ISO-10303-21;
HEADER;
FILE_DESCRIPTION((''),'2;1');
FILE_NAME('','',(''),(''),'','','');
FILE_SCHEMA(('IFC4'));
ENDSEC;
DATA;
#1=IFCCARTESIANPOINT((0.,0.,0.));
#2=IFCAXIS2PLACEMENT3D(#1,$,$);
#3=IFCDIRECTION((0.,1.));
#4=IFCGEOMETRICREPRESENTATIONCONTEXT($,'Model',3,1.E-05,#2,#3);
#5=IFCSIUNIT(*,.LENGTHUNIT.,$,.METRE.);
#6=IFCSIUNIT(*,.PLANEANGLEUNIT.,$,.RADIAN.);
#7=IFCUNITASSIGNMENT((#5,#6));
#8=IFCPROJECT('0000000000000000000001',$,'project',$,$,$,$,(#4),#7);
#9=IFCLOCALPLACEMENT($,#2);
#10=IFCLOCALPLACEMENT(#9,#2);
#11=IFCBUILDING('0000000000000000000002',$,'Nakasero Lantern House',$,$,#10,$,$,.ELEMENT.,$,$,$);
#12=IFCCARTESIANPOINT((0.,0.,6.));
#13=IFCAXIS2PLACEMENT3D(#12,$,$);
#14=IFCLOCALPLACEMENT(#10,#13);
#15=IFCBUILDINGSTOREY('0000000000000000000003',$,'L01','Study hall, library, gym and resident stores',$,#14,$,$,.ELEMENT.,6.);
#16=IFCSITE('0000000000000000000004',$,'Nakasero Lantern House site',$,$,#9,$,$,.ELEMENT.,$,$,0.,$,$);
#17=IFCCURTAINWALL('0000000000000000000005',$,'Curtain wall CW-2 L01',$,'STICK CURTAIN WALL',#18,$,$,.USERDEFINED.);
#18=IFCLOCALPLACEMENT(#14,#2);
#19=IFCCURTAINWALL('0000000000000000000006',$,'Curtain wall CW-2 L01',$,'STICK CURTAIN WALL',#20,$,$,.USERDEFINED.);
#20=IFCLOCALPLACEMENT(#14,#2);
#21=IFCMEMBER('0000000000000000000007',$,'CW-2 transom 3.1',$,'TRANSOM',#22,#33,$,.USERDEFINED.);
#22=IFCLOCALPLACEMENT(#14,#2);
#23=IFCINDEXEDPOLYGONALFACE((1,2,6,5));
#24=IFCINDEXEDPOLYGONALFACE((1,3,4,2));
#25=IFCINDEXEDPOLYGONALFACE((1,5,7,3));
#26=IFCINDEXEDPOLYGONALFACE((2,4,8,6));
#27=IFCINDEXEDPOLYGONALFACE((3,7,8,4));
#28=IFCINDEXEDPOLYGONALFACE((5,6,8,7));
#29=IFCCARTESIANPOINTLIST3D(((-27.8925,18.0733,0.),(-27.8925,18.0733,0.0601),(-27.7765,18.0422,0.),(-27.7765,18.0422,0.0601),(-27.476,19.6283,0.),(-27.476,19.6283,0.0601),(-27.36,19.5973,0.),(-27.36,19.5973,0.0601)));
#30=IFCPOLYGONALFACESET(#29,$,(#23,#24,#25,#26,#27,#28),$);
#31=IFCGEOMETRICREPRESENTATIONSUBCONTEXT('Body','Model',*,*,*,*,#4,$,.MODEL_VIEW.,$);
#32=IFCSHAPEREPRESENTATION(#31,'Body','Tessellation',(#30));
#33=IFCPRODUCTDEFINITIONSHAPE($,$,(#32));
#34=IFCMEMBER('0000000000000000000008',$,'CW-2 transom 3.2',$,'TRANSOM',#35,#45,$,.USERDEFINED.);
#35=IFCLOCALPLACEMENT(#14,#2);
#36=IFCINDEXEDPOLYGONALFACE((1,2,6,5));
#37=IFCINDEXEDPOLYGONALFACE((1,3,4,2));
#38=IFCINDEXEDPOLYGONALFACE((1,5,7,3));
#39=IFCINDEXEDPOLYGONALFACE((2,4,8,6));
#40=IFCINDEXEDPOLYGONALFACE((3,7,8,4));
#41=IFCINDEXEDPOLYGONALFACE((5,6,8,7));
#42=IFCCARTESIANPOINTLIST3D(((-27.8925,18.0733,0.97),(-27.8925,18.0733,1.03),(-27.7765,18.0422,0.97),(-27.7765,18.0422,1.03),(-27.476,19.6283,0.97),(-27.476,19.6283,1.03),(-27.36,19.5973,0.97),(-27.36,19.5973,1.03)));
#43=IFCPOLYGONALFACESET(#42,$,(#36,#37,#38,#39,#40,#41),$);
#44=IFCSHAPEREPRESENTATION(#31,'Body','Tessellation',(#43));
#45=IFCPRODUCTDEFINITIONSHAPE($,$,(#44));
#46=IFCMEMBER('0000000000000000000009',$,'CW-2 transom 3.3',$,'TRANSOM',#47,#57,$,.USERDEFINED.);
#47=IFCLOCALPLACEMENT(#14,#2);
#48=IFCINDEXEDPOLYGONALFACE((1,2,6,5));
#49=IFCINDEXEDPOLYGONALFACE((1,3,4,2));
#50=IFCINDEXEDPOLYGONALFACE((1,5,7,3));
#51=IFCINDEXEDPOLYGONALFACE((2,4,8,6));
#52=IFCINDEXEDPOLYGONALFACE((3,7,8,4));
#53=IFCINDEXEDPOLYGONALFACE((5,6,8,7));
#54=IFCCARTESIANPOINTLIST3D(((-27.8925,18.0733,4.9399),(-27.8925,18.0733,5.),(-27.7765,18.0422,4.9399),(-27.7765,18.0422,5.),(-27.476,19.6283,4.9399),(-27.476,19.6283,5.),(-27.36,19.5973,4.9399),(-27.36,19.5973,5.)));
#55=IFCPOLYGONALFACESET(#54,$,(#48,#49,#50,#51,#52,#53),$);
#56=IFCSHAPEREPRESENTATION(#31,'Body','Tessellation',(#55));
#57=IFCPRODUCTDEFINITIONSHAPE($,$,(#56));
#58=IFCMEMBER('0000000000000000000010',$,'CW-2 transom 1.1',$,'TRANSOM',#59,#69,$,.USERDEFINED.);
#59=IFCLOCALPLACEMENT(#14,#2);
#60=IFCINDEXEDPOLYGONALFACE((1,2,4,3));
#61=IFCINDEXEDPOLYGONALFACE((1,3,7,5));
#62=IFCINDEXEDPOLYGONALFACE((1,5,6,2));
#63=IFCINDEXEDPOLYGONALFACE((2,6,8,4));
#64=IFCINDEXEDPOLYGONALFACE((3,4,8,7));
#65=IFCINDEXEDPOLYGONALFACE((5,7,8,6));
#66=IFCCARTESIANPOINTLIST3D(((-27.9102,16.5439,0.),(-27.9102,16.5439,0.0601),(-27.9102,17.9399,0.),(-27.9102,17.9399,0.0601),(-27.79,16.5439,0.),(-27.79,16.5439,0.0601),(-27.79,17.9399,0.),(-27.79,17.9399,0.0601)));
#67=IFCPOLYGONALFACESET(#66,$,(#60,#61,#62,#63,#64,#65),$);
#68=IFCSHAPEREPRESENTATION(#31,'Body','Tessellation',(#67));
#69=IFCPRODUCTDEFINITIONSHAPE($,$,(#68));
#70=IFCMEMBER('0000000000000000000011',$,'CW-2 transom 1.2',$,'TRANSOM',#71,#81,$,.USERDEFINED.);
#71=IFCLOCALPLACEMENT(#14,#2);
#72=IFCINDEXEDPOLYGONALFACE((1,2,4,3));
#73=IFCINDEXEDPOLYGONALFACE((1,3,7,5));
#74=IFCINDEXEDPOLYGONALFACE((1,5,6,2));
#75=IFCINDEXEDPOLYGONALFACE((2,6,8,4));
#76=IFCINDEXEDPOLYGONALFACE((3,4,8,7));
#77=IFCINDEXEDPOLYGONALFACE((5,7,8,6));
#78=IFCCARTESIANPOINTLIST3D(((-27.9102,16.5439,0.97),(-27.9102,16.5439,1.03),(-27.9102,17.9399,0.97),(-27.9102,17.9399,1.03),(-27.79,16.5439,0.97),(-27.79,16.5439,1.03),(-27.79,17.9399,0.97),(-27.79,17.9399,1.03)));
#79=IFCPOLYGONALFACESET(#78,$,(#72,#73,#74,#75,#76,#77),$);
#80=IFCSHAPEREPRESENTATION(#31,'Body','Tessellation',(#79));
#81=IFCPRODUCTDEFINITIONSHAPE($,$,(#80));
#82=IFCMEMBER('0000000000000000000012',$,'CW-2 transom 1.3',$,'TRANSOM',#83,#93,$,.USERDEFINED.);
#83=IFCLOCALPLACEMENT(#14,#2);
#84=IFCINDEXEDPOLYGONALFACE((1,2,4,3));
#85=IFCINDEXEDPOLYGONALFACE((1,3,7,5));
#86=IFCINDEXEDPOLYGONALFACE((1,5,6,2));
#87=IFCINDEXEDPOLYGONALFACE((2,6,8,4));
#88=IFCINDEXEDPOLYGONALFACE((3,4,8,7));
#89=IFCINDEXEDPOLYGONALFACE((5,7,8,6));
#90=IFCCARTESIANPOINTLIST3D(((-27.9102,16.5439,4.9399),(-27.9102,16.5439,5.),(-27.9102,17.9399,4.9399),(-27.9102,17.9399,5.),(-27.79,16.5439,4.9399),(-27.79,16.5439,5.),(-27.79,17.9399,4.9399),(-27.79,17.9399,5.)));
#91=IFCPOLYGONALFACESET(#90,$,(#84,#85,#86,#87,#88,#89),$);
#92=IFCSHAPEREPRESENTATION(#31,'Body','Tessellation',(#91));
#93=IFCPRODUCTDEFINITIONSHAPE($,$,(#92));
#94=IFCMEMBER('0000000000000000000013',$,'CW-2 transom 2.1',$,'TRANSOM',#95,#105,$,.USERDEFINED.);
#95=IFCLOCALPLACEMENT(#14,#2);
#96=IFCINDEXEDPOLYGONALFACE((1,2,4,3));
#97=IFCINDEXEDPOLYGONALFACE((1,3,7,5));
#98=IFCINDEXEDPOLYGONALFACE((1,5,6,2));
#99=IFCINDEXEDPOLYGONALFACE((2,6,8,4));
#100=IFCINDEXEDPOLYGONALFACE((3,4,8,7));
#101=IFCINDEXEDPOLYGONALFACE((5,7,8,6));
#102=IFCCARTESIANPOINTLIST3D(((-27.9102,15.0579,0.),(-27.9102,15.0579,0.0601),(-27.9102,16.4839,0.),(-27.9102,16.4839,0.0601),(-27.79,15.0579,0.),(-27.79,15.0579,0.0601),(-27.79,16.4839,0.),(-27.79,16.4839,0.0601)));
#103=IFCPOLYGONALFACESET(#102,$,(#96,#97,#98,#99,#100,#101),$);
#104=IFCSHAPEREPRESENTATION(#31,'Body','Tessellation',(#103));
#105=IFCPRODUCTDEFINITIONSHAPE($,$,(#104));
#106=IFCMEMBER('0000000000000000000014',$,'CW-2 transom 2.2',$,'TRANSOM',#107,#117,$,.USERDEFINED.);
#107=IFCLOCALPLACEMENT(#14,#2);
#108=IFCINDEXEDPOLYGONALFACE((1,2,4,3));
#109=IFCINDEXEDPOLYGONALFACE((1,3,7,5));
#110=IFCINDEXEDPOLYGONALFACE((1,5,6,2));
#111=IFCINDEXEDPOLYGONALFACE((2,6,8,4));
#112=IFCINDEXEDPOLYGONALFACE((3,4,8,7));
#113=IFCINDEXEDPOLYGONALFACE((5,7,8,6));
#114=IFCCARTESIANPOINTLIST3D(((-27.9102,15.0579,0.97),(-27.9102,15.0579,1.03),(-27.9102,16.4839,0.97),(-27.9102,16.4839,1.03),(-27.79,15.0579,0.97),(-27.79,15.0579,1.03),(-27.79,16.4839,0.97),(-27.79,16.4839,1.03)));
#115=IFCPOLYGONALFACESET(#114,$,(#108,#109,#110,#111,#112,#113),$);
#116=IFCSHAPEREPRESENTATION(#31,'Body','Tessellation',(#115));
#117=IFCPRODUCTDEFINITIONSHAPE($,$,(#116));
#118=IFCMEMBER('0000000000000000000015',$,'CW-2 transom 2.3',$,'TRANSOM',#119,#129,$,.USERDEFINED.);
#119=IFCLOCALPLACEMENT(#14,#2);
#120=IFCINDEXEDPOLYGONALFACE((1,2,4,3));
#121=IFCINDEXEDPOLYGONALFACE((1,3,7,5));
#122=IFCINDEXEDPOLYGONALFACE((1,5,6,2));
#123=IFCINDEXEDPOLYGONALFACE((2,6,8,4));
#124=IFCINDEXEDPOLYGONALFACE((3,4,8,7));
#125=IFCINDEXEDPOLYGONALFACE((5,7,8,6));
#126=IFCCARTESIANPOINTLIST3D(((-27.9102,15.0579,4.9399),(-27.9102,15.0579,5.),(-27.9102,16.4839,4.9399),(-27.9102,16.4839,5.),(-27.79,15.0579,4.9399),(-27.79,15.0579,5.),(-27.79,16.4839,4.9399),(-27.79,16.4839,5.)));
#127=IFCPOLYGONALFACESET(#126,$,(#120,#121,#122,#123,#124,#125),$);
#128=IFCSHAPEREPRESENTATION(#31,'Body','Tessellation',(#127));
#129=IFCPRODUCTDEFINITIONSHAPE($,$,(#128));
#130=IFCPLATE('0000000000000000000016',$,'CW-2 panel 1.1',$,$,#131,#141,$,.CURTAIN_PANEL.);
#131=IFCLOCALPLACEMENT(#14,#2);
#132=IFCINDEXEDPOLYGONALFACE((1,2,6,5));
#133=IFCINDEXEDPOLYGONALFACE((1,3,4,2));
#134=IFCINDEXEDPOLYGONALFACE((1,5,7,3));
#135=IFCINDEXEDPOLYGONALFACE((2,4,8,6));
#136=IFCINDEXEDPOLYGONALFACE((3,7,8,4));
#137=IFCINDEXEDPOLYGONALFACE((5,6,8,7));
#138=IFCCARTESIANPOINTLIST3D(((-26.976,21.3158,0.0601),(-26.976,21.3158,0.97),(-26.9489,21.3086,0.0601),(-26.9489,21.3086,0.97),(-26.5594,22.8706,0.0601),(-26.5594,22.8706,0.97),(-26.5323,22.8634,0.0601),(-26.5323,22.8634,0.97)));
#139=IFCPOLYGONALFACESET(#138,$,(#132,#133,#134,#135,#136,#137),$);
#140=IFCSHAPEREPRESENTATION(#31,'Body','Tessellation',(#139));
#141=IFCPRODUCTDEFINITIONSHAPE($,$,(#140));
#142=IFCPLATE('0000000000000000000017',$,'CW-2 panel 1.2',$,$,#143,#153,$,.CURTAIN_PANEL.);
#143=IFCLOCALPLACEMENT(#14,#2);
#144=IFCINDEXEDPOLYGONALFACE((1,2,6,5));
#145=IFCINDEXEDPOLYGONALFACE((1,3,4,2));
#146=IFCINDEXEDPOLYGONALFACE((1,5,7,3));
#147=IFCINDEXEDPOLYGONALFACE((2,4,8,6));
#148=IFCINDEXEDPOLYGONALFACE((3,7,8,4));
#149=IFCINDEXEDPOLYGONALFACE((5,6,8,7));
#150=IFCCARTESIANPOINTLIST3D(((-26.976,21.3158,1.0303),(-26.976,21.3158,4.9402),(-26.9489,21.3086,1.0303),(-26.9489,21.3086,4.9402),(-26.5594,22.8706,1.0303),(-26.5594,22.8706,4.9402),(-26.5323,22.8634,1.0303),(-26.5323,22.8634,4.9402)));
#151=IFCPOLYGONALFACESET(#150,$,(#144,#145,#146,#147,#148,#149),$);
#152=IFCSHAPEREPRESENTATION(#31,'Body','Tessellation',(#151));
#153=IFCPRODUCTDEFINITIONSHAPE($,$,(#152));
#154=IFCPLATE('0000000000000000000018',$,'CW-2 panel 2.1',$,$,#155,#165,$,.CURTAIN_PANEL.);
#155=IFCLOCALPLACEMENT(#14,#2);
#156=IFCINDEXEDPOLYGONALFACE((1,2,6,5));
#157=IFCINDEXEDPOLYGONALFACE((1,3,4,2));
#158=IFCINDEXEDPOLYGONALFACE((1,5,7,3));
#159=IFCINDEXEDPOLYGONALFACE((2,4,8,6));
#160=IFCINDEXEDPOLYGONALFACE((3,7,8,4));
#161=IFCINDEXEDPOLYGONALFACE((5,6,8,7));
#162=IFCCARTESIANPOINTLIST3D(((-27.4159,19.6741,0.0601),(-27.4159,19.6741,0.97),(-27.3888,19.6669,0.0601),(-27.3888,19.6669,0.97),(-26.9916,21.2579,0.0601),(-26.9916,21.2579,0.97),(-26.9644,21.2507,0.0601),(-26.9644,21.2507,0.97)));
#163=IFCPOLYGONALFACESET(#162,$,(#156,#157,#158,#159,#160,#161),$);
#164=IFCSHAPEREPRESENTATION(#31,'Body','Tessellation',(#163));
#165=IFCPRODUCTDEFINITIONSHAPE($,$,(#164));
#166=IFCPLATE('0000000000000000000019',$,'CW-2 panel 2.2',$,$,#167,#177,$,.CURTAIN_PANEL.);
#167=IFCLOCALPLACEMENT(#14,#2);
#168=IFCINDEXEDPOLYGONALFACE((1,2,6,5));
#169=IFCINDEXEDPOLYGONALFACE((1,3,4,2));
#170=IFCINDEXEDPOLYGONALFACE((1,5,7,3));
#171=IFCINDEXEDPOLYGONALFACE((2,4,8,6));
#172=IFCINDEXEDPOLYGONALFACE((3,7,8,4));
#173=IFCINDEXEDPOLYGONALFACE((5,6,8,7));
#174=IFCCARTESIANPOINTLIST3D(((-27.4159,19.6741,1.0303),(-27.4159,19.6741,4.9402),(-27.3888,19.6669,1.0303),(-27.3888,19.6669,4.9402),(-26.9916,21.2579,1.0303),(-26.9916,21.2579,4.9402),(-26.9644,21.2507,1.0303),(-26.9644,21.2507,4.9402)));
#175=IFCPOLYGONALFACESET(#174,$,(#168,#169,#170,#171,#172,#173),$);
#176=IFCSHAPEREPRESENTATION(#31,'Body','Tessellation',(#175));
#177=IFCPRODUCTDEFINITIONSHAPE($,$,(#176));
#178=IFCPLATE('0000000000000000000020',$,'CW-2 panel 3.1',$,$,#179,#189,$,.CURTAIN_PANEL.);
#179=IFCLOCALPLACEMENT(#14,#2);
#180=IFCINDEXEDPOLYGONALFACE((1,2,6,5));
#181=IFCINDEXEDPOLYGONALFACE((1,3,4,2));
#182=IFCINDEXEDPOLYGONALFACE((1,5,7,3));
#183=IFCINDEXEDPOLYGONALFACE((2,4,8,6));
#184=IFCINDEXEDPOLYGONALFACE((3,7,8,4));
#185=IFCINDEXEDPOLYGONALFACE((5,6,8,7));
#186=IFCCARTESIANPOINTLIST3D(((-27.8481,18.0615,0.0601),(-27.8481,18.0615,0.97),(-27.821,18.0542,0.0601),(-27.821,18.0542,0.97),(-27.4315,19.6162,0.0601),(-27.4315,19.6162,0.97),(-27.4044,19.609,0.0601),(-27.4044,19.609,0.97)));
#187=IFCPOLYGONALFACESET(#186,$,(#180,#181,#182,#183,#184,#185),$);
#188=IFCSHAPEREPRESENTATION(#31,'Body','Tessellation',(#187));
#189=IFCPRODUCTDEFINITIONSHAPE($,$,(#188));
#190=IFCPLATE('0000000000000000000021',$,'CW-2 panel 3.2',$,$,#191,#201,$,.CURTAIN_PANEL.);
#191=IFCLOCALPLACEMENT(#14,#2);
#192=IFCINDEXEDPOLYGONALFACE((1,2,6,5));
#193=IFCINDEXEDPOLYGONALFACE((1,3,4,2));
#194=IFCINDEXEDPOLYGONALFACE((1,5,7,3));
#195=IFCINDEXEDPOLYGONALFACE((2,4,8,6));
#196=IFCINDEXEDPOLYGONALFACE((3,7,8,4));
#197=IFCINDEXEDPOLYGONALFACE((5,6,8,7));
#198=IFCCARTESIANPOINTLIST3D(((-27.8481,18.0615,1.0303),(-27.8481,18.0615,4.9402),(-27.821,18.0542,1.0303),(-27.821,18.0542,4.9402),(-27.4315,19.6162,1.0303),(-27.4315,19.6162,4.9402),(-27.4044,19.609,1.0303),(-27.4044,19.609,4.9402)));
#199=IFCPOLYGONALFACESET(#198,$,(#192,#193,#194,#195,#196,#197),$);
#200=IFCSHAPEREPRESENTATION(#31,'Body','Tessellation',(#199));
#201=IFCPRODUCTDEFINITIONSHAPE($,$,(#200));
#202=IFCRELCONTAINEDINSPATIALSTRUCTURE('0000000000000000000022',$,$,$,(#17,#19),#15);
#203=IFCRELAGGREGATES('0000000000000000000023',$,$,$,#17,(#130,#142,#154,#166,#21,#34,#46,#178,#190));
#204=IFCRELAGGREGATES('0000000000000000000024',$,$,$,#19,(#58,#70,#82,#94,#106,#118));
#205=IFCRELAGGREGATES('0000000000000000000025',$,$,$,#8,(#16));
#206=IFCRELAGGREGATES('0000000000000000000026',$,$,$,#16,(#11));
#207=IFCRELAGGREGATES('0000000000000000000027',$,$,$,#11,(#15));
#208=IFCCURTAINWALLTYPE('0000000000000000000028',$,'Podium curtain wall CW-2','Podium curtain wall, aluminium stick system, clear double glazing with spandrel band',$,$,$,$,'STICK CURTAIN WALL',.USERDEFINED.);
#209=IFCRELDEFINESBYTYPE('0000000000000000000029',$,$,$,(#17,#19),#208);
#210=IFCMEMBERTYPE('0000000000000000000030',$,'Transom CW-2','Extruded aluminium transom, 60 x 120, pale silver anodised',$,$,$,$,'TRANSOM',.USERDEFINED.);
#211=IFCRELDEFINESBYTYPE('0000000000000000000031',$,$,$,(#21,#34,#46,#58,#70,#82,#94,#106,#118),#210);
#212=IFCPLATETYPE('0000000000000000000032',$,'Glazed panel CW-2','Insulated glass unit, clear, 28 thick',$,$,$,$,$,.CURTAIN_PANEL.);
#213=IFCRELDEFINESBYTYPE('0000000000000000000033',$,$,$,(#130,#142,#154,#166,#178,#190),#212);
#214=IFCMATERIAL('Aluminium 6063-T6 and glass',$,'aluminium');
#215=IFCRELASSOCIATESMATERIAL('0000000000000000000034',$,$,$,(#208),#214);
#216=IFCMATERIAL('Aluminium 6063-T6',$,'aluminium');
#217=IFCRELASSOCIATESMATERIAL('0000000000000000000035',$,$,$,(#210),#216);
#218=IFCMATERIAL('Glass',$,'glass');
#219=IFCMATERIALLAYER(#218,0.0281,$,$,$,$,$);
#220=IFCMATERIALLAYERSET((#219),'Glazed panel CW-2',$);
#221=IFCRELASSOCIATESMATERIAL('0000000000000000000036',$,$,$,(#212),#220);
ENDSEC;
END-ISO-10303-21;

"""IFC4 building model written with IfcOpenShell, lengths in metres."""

from ifc_helpers import new_model, si_unit, direction, frame, origin, origin_2d, place, context, subcontext, project, spatial, rectangle, extrude, material, layer, layer_set, material_profile, profile_set, type_object, element, aggregate, save


model = new_model("IFC4")

# Units and contexts
model_context = context("Model", 3, precision=1e-05, world=origin(), true_north=direction((0.0, 1.0)))
body_context = subcontext(model_context, "Body", "Model", "MODEL_VIEW")
ifc_project = project(units=[si_unit("LENGTHUNIT", "METRE"), si_unit("PLANEANGLEUNIT", "RADIAN")], contexts=[model_context])

# Site, building, storey
site_placement = place(None, origin())
site = spatial("IfcSite", under=ifc_project, at=site_placement, Name="Nakasero Lantern House site", CompositionType="ELEMENT", RefElevation=0.0)
building_placement = place(site_placement, origin())
building = spatial("IfcBuilding", under=site, at=building_placement, Name="Nakasero Lantern House", CompositionType="ELEMENT")
storey_placement = place(building_placement, frame((0.0, 0.0, 6.0)))
storey = spatial("IfcBuildingStorey", under=building, at=storey_placement, Name="L01", Description="Study hall, library, gym and resident stores", CompositionType="ELEMENT", Elevation=6.0)

# Curtain walls
ifc_material_1 = material(Name="Aluminium 6063-T6 and glass", Category="aluminium")
curtain_wall_type = type_object("IfcCurtainWallType", Name="Podium curtain wall CW-2", Description="Podium curtain wall, aluminium stick system, clear double glazing with spandrel band", ElementType="STICK CURTAIN WALL", PredefinedType="USERDEFINED", material=ifc_material_1)
curtain_wall_1_placement = place(storey_placement, origin())
curtain_wall_1 = element("IfcCurtainWall", 1, at=curtain_wall_1_placement, inside=storey, type_object=curtain_wall_type, Name="Curtain wall CW-2 L01", ObjectType="STICK CURTAIN WALL", PredefinedType="USERDEFINED")
curtain_wall_2_placement = place(storey_placement, origin())
curtain_wall_2 = element("IfcCurtainWall", 2, at=curtain_wall_2_placement, inside=storey, type_object=curtain_wall_type, Name="Curtain wall CW-2 L01", ObjectType="STICK CURTAIN WALL", PredefinedType="USERDEFINED")

# Members
ifc_material_2 = material(Name="Aluminium 6063-T6", Category="aluminium")
ifc_material_profile_1 = material_profile(ifc_material_2, rectangle(XDim=0.0601, YDim=0.1201, at=origin_2d()), Name="CW-2 transom 60x120")
ifc_profile_set_1 = profile_set([ifc_material_profile_1], Name="Aluminium 6063-T6")
member_type_1 = type_object("IfcMemberType", Name="Transom CW-2", Description="Extruded aluminium transom, 60 x 120, pale silver anodised", ElementType="TRANSOM", PredefinedType="USERDEFINED", material=ifc_profile_set_1)
member_1_placement = place(storey_placement, frame((-27.418, 19.6128, 0.03), z_axis=(-0.258739, -0.965947, 0.0), x_axis=(0.0, 0.0, 1.0)))
member_1 = element("IfcMember", 3, at=member_1_placement, type_object=member_type_1, Name="CW-2 transom 3.1", ObjectType="TRANSOM", PredefinedType="USERDEFINED", context=body_context, shape_type="SweptSolid", body=[
    extrude(rectangle(XDim=0.0601, YDim=0.1201, at=origin_2d()), origin(), (0.0, 0.0, 1.0), 1.6099),
])
member_2_placement = place(storey_placement, frame((-27.418, 19.6128, 1.0), z_axis=(-0.258739, -0.965947, 0.0), x_axis=(0.0, 0.0, 1.0)))
member_2 = element("IfcMember", 4, at=member_2_placement, type_object=member_type_1, Name="CW-2 transom 3.2", ObjectType="TRANSOM", PredefinedType="USERDEFINED", context=body_context, shape_type="SweptSolid", body=[
    extrude(rectangle(XDim=0.0601, YDim=0.1201, at=origin_2d()), origin(), (0.0, 0.0, 1.0), 1.6099),
])
member_3_placement = place(storey_placement, frame((-27.418, 19.6128, 4.97), z_axis=(-0.258739, -0.965947, 0.0), x_axis=(0.0, 0.0, 1.0)))
member_3 = element("IfcMember", 5, at=member_3_placement, type_object=member_type_1, Name="CW-2 transom 3.3", ObjectType="TRANSOM", PredefinedType="USERDEFINED", context=body_context, shape_type="SweptSolid", body=[
    extrude(rectangle(XDim=0.0601, YDim=0.1201, at=origin_2d()), origin(), (0.0, 0.0, 1.0), 1.6099),
])
member_4_placement = place(storey_placement, frame((-27.8501, 17.9399, 0.03), z_axis=(0.0, -1.0, 0.0), x_axis=(0.0, 0.0, 1.0)))
member_4 = element("IfcMember", 6, at=member_4_placement, type_object=member_type_1, Name="CW-2 transom 1.1", ObjectType="TRANSOM", PredefinedType="USERDEFINED", context=body_context, shape_type="SweptSolid", body=[
    extrude(rectangle(XDim=0.0601, YDim=0.1201, at=origin_2d()), origin(), (0.0, 0.0, 1.0), 1.396),
])
member_5_placement = place(storey_placement, frame((-27.8501, 17.9399, 1.0), z_axis=(0.0, -1.0, 0.0), x_axis=(0.0, 0.0, 1.0)))
member_5 = element("IfcMember", 7, at=member_5_placement, type_object=member_type_1, Name="CW-2 transom 1.2", ObjectType="TRANSOM", PredefinedType="USERDEFINED", context=body_context, shape_type="SweptSolid", body=[
    extrude(rectangle(XDim=0.0601, YDim=0.1201, at=origin_2d()), origin(), (0.0, 0.0, 1.0), 1.396),
])
member_6_placement = place(storey_placement, frame((-27.8501, 17.9399, 4.97), z_axis=(0.0, -1.0, 0.0), x_axis=(0.0, 0.0, 1.0)))
member_6 = element("IfcMember", 8, at=member_6_placement, type_object=member_type_1, Name="CW-2 transom 1.3", ObjectType="TRANSOM", PredefinedType="USERDEFINED", context=body_context, shape_type="SweptSolid", body=[
    extrude(rectangle(XDim=0.0601, YDim=0.1201, at=origin_2d()), origin(), (0.0, 0.0, 1.0), 1.396),
])
member_7_placement = place(storey_placement, frame((-27.8501, 16.4839, 0.03), z_axis=(0.0, -1.0, 0.0), x_axis=(0.0, 0.0, 1.0)))
member_7 = element("IfcMember", 9, at=member_7_placement, type_object=member_type_1, Name="CW-2 transom 2.1", ObjectType="TRANSOM", PredefinedType="USERDEFINED", context=body_context, shape_type="SweptSolid", body=[
    extrude(rectangle(XDim=0.0601, YDim=0.1201, at=origin_2d()), origin(), (0.0, 0.0, 1.0), 1.426),
])
member_8_placement = place(storey_placement, frame((-27.8501, 16.4839, 1.0), z_axis=(0.0, -1.0, 0.0), x_axis=(0.0, 0.0, 1.0)))
member_8 = element("IfcMember", 10, at=member_8_placement, type_object=member_type_1, Name="CW-2 transom 2.2", ObjectType="TRANSOM", PredefinedType="USERDEFINED", context=body_context, shape_type="SweptSolid", body=[
    extrude(rectangle(XDim=0.0601, YDim=0.1201, at=origin_2d()), origin(), (0.0, 0.0, 1.0), 1.426),
])
member_9_placement = place(storey_placement, frame((-27.8501, 16.4839, 4.97), z_axis=(0.0, -1.0, 0.0), x_axis=(0.0, 0.0, 1.0)))
member_9 = element("IfcMember", 11, at=member_9_placement, type_object=member_type_1, Name="CW-2 transom 2.3", ObjectType="TRANSOM", PredefinedType="USERDEFINED", context=body_context, shape_type="SweptSolid", body=[
    extrude(rectangle(XDim=0.0601, YDim=0.1201, at=origin_2d()), origin(), (0.0, 0.0, 1.0), 1.426),
])

# Plates
ifc_material_3 = material(Name="Glass", Category="glass")
ifc_layer = layer(ifc_material_3, 0.0281)
ifc_layer_set = layer_set([ifc_layer], Name="Glazed panel CW-2")
plate_type = type_object("IfcPlateType", Name="Glazed panel CW-2", Description="Insulated glass unit, clear, 28 thick", PredefinedType="CURTAIN_PANEL", material=ifc_layer_set)
plate_1_placement = place(storey_placement, frame((-26.7542, 22.0896, 0.0601), z_axis=(0.0, 0.0, 1.0), x_axis=(-0.258819, -0.965926, 0.0)))
plate_1 = element("IfcPlate", 12, at=plate_1_placement, type_object=plate_type, Name="CW-2 panel 1.1", PredefinedType="CURTAIN_PANEL", context=body_context, shape_type="SweptSolid", body=[
    extrude(rectangle(XDim=1.6096, YDim=0.0281, at=origin_2d()), origin(), (0.0, 0.0, 1.0), 0.9099),
])
plate_2_placement = place(storey_placement, frame((-26.7542, 22.0896, 1.0303), z_axis=(0.0, 0.0, 1.0), x_axis=(-0.258819, -0.965926, 0.0)))
plate_2 = element("IfcPlate", 13, at=plate_2_placement, type_object=plate_type, Name="CW-2 panel 1.2", PredefinedType="CURTAIN_PANEL", context=body_context, shape_type="SweptSolid", body=[
    extrude(rectangle(XDim=1.6096, YDim=0.0281, at=origin_2d()), origin(), (0.0, 0.0, 1.0), 3.9099),
])
plate_3_placement = place(storey_placement, frame((-27.1902, 20.4624, 0.0601), z_axis=(0.0, 0.0, 1.0), x_axis=(-0.258819, -0.965926, 0.0)))
plate_3 = element("IfcPlate", 14, at=plate_3_placement, type_object=plate_type, Name="CW-2 panel 2.1", PredefinedType="CURTAIN_PANEL", context=body_context, shape_type="SweptSolid", body=[
    extrude(rectangle(XDim=1.6396, YDim=0.0281, at=origin_2d()), origin(), (0.0, 0.0, 1.0), 0.9099),
])
plate_4_placement = place(storey_placement, frame((-27.1902, 20.4624, 1.0303), z_axis=(0.0, 0.0, 1.0), x_axis=(-0.258819, -0.965926, 0.0)))
plate_4 = element("IfcPlate", 15, at=plate_4_placement, type_object=plate_type, Name="CW-2 panel 2.2", PredefinedType="CURTAIN_PANEL", context=body_context, shape_type="SweptSolid", body=[
    extrude(rectangle(XDim=1.6396, YDim=0.0281, at=origin_2d()), origin(), (0.0, 0.0, 1.0), 3.9099),
])
plate_5_placement = place(storey_placement, frame((-27.6262, 18.8352, 0.0601), z_axis=(0.0, 0.0, 1.0), x_axis=(-0.258819, -0.965926, 0.0)))
plate_5 = element("IfcPlate", 16, at=plate_5_placement, type_object=plate_type, Name="CW-2 panel 3.1", PredefinedType="CURTAIN_PANEL", context=body_context, shape_type="SweptSolid", body=[
    extrude(rectangle(XDim=1.6096, YDim=0.0281, at=origin_2d()), origin(), (0.0, 0.0, 1.0), 0.9099),
])
plate_6_placement = place(storey_placement, frame((-27.6262, 18.8352, 1.0303), z_axis=(0.0, 0.0, 1.0), x_axis=(-0.258819, -0.965926, 0.0)))
plate_6 = element("IfcPlate", 17, at=plate_6_placement, type_object=plate_type, Name="CW-2 panel 3.2", PredefinedType="CURTAIN_PANEL", context=body_context, shape_type="SweptSolid", body=[
    extrude(rectangle(XDim=1.6096, YDim=0.0281, at=origin_2d()), origin(), (0.0, 0.0, 1.0), 3.9099),
])
aggregate(curtain_wall_1, [plate_1, plate_2, plate_3, plate_4, member_1, member_2, member_3, plate_5, plate_6])
aggregate(curtain_wall_2, [member_4, member_5, member_6, member_7, member_8, member_9])

save(model, "model.ifc")
